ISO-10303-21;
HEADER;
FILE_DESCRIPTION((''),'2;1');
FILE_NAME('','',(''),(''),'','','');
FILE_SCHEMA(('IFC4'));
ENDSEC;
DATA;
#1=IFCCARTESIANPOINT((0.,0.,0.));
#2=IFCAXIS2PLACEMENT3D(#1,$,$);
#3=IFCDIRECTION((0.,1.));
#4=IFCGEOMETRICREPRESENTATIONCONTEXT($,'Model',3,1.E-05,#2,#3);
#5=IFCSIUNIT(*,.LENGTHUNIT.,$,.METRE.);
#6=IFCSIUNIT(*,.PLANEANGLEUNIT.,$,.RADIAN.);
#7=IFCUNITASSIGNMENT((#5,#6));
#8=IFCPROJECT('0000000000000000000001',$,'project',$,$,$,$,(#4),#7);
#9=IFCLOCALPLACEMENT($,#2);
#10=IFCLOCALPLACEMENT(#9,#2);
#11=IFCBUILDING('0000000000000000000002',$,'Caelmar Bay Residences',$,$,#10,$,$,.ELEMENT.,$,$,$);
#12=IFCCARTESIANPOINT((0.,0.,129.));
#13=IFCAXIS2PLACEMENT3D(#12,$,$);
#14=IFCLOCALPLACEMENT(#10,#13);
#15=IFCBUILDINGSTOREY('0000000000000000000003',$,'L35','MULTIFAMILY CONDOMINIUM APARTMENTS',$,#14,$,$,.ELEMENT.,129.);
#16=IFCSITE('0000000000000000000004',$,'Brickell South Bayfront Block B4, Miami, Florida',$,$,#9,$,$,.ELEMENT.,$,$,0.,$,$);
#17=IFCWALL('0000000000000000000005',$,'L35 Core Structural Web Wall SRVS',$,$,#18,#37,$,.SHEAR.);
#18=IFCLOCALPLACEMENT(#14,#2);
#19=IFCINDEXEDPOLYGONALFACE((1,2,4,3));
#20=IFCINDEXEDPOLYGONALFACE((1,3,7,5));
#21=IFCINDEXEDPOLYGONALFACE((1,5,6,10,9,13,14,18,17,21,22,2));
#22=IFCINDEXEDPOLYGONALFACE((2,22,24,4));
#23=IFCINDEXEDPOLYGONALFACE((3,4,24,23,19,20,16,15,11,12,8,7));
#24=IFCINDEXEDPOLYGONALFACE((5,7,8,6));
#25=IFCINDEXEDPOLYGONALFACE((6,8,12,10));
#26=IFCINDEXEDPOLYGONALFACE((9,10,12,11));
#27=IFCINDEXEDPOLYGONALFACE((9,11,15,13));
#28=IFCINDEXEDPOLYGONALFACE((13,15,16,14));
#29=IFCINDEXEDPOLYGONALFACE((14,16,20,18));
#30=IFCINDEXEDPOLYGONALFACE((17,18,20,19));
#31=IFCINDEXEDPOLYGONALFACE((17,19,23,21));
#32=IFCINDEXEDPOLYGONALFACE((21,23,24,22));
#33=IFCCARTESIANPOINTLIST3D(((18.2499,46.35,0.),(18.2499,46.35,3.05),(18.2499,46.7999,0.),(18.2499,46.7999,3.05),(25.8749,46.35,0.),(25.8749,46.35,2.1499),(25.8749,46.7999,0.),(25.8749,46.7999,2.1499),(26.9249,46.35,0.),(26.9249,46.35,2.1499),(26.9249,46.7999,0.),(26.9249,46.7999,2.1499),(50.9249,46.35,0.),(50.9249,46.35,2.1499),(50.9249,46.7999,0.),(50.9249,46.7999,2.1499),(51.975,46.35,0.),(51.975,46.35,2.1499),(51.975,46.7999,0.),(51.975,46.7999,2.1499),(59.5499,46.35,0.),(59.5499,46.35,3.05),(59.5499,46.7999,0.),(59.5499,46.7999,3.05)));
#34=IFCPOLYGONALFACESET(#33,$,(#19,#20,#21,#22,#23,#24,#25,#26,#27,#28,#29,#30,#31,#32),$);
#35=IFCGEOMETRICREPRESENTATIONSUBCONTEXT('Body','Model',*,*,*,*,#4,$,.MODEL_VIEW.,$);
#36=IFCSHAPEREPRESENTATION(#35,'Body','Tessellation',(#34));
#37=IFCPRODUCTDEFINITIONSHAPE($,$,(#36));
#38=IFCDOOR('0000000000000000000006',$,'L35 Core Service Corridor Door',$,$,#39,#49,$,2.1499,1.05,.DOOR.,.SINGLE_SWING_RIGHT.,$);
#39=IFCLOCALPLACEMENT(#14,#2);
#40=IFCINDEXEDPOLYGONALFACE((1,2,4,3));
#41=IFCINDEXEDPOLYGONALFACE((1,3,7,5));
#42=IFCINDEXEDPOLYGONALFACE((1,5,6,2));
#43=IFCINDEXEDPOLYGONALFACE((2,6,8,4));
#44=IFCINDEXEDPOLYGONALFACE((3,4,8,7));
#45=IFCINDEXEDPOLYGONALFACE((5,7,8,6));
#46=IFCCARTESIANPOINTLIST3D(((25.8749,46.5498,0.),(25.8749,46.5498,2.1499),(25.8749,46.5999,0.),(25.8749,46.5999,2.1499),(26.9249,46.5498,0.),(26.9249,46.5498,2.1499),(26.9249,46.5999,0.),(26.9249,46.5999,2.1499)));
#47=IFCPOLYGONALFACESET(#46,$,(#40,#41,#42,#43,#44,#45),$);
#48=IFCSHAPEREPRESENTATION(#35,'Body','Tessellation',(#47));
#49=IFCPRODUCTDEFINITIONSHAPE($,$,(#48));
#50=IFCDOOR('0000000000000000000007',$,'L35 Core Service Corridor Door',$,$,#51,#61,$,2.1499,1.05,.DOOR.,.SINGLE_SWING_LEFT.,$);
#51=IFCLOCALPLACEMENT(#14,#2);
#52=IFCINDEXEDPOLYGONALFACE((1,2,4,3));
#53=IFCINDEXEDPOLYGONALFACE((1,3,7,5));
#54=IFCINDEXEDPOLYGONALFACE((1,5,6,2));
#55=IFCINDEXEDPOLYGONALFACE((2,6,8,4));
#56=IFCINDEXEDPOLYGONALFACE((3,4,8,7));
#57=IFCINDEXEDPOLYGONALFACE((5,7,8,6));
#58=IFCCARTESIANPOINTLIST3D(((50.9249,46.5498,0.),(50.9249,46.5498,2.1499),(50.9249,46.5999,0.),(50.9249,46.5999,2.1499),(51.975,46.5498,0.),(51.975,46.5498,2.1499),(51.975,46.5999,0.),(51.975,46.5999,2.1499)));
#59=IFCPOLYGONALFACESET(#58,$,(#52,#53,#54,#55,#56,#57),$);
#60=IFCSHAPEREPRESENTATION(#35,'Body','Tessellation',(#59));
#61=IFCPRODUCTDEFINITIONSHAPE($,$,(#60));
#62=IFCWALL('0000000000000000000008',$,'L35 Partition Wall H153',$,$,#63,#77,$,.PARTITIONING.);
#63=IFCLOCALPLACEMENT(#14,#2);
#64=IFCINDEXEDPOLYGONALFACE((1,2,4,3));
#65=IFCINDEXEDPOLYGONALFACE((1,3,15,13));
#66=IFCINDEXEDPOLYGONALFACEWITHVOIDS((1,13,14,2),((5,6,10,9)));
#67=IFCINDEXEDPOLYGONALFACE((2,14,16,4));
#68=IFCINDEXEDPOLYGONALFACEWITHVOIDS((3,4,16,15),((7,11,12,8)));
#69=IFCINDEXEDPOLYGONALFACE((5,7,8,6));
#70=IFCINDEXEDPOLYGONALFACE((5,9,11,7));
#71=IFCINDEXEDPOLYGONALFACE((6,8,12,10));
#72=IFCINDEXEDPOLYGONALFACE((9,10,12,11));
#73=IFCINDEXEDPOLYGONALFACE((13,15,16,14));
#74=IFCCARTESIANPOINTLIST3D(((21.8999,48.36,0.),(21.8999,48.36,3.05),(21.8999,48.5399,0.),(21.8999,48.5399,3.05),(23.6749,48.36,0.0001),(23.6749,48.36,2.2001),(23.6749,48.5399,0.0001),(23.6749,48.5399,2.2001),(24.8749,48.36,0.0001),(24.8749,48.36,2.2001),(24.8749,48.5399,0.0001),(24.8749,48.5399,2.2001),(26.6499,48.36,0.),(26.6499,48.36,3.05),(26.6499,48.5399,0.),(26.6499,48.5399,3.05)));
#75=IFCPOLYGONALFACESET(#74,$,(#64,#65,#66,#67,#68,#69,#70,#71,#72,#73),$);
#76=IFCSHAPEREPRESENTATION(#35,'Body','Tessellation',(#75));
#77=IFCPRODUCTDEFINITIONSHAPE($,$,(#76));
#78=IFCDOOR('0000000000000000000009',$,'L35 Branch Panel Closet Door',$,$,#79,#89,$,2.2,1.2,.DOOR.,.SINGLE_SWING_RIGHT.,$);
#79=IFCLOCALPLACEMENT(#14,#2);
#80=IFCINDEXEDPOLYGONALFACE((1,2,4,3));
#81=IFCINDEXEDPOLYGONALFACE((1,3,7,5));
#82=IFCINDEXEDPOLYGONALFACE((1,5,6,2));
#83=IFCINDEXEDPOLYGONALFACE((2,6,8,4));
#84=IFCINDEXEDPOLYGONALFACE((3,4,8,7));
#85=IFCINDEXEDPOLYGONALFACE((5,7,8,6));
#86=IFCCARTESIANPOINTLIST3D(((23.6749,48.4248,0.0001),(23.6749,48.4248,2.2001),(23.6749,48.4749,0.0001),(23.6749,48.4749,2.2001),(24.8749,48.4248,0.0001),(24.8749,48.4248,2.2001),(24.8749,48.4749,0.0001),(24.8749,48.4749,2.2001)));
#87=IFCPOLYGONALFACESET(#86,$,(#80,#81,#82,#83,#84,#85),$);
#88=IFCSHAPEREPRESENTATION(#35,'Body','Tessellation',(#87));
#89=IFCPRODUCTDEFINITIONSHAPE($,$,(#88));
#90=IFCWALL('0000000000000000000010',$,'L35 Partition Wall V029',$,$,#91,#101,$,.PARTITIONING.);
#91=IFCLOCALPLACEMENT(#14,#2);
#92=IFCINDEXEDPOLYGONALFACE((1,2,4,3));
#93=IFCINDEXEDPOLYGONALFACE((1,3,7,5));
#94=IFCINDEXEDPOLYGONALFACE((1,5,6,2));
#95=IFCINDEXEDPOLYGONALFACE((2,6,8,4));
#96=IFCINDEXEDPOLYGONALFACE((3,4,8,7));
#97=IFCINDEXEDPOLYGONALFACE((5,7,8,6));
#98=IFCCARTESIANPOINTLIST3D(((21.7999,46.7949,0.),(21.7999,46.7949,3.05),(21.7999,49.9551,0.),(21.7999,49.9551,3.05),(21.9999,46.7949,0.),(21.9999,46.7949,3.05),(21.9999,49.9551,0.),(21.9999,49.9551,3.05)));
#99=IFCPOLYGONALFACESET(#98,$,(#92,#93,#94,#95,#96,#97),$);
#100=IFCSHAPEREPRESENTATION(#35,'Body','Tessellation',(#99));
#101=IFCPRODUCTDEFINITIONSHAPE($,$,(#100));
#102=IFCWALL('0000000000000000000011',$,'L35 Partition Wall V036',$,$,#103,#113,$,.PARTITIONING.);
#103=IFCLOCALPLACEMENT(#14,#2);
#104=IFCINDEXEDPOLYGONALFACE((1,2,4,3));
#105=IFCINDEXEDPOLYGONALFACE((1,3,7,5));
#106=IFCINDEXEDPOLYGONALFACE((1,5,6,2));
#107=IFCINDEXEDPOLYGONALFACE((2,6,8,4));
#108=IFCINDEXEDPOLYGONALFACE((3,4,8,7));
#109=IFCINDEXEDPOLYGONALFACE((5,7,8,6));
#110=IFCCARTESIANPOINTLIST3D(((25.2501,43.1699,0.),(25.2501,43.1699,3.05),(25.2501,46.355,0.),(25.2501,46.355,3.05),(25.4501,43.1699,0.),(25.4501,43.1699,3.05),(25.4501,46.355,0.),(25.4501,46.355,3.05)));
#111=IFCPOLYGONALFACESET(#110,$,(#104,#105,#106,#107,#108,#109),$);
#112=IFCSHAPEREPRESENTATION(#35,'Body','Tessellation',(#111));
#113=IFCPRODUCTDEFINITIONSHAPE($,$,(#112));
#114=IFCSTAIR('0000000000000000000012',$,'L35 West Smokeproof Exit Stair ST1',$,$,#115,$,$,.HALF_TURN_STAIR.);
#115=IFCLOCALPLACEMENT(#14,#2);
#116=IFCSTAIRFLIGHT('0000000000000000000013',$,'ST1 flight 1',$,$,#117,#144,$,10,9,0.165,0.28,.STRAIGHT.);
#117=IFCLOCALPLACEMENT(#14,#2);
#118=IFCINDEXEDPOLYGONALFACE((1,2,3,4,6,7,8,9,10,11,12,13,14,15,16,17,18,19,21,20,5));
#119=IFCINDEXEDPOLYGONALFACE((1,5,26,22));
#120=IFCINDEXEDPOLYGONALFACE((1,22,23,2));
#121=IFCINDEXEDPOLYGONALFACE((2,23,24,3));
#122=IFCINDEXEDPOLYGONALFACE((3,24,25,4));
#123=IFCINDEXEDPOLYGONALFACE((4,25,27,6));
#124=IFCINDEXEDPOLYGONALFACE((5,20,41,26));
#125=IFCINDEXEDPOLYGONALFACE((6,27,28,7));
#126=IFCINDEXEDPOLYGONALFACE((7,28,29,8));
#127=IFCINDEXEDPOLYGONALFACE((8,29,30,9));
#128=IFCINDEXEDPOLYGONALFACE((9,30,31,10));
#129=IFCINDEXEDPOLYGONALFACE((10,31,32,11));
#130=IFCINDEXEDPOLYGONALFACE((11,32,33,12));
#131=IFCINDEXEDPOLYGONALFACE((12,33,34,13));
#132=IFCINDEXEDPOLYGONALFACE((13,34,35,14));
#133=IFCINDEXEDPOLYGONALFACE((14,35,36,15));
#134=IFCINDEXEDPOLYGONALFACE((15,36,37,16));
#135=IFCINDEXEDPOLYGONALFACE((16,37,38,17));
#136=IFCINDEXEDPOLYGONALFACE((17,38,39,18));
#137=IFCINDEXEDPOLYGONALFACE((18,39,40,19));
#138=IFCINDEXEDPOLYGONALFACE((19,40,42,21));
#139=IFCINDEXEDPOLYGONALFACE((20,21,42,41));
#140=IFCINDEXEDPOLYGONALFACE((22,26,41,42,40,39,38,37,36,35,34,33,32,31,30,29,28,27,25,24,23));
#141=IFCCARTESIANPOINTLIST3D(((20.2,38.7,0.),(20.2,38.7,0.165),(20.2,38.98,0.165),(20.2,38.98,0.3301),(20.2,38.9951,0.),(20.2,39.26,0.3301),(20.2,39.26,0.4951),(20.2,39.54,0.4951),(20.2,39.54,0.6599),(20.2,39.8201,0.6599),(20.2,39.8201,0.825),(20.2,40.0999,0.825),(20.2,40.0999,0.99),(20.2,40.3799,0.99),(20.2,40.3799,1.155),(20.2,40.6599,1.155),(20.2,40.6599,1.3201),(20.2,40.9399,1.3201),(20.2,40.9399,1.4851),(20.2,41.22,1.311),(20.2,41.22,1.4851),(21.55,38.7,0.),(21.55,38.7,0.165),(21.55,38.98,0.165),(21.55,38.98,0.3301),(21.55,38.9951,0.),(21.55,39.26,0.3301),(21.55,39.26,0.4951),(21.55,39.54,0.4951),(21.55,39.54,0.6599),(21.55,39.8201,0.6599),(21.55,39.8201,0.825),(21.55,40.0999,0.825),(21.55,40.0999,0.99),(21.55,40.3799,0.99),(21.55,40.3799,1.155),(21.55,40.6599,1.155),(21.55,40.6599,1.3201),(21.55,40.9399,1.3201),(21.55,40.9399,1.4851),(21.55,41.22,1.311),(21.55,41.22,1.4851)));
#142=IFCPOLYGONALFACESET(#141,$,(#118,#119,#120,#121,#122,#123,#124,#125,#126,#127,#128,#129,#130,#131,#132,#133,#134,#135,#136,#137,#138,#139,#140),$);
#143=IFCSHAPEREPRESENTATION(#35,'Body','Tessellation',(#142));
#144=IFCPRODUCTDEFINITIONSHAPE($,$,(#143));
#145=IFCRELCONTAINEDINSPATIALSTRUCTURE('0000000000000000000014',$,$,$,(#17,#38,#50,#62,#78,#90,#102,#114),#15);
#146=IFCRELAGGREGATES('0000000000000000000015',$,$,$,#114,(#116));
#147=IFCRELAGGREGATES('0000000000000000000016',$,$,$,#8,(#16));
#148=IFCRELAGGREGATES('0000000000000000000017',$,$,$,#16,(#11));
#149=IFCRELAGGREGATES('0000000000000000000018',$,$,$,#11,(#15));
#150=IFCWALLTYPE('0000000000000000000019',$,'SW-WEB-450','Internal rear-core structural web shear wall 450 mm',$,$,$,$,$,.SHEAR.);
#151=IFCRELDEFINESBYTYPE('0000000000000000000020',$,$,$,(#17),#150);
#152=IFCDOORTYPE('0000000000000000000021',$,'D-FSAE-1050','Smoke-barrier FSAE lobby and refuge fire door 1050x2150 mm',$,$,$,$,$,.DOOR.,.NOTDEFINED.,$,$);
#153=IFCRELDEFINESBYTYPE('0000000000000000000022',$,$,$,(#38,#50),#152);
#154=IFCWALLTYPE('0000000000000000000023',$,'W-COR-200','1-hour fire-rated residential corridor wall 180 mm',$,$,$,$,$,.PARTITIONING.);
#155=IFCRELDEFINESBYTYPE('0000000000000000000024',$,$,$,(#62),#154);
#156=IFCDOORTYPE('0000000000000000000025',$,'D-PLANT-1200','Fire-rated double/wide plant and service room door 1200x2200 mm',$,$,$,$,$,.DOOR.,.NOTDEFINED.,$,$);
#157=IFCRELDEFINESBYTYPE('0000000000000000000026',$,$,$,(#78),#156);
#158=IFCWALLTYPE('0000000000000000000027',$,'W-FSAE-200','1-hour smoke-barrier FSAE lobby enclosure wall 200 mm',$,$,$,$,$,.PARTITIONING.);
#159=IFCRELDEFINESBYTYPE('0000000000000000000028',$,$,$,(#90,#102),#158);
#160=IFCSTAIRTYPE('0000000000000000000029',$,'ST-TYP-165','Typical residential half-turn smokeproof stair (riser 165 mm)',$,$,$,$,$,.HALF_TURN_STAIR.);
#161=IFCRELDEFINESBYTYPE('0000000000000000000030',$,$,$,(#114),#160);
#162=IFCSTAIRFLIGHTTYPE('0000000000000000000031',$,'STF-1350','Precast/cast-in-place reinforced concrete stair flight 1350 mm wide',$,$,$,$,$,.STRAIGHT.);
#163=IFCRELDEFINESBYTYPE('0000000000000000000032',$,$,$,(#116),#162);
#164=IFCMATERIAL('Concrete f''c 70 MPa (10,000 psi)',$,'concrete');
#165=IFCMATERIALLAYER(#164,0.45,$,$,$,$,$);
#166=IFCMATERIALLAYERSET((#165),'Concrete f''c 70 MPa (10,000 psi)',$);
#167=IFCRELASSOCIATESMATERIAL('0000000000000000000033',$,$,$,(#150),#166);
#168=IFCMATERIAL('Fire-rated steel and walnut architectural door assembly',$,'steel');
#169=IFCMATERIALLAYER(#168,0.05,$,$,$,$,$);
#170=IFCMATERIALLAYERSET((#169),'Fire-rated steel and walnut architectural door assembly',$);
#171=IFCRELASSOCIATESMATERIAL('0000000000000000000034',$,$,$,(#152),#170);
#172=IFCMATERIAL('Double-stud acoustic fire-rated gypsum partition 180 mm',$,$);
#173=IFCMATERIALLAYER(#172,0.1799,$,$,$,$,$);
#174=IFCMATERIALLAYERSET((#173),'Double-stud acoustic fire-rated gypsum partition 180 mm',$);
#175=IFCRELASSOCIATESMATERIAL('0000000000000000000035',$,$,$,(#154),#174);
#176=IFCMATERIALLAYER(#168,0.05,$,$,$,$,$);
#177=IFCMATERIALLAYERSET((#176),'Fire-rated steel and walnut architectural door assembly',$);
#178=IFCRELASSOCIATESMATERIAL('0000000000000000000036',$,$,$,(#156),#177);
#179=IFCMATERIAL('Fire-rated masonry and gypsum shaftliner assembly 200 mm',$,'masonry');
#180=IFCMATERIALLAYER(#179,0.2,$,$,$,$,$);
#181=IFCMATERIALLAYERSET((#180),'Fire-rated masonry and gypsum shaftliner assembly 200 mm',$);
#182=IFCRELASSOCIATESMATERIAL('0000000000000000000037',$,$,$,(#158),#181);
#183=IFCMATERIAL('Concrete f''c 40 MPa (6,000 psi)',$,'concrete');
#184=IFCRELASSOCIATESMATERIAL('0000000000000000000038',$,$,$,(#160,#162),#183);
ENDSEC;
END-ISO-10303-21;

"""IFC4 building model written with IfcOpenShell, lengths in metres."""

from ifc_helpers import new_model, si_unit, direction, frame, frame_2d, origin, place, context, subcontext, project, spatial, polyline, rectangle, outline, extrude, material, layer, layer_set, type_object, element, fill, aggregate, save


model = new_model("IFC4")

# Units and contexts
model_context = context("Model", 3, precision=1e-05, world=origin(), true_north=direction((0.0, 1.0)))
body_context = subcontext(model_context, "Body", "Model", "MODEL_VIEW")
ifc_project = project(units=[si_unit("LENGTHUNIT", "METRE"), si_unit("PLANEANGLEUNIT", "RADIAN")], contexts=[model_context])

# Site, building, storey
site_placement = place(None, origin())
site = spatial("IfcSite", under=ifc_project, at=site_placement, Name="Brickell South Bayfront Block B4, Miami, Florida", CompositionType="ELEMENT", RefElevation=0.0)
building_placement = place(site_placement, origin())
building = spatial("IfcBuilding", under=site, at=building_placement, Name="Caelmar Bay Residences", CompositionType="ELEMENT")
storey_placement = place(building_placement, frame((0.0, 0.0, 129.0)))
storey = spatial("IfcBuildingStorey", under=building, at=storey_placement, Name="L35", Description="MULTIFAMILY CONDOMINIUM APARTMENTS", CompositionType="ELEMENT", Elevation=129.0)

# Shared definitions
ifc_material_1 = material(Name="Fire-rated steel and walnut architectural door assembly", Category="steel")

# Wall, openings, doors
ifc_material_2 = material(Name="Concrete f'c 70 MPa (10,000 psi)", Category="concrete")
ifc_layer_1 = layer(ifc_material_2, 0.45)
ifc_layer_set_1 = layer_set([ifc_layer_1], Name="Concrete f'c 70 MPa (10,000 psi)")
wall_type_1 = type_object("IfcWallType", Name="SW-WEB-450", Description="Internal rear-core structural web shear wall 450 mm", PredefinedType="SHEAR", material=ifc_layer_set_1)
ifc_layer_2 = layer(ifc_material_1, 0.05)
ifc_layer_set_2 = layer_set([ifc_layer_2], Name="Fire-rated steel and walnut architectural door assembly")
door_type_1 = type_object("IfcDoorType", Name="D-FSAE-1050", Description="Smoke-barrier FSAE lobby and refuge fire door 1050x2150 mm", OperationType="NOTDEFINED", PredefinedType="DOOR", material=ifc_layer_set_2)
wall_1_placement = place(storey_placement, frame((18.25, 46.575, 0.0), z_axis=(0.0, 0.0, 1.0), x_axis=(1.0, 0.0, 0.0)))
wall_1 = element("IfcWall", 1, at=wall_1_placement, inside=storey, type_object=wall_type_1, Name="L35 Core Structural Web Wall SRVS", PredefinedType="SHEAR", context=body_context, shape_type="SweptSolid", body=[
    extrude(rectangle(XDim=41.3, YDim=0.45, at=frame_2d((20.6499, 0.0))), origin(), (0.0, 0.0, 1.0), 3.05),
])
opening_1_placement = place(wall_1_placement, frame((7.625, 0.0, 0.0)))
opening_1 = element("IfcOpeningElement", 2, at=opening_1_placement, cuts=wall_1, PredefinedType="OPENING", context=body_context, shape_type="SweptSolid", body=[
    extrude(rectangle(XDim=1.05, YDim=2.1499, at=frame_2d((0.5249, 1.075))), frame((0.0, 0.2349, 0.0), z_axis=(0.0, -1.0, 0.0), x_axis=(1.0, 0.0, 0.0)), (0.0, 0.0, 1.0), 0.47),
])
opening_2_placement = place(wall_1_placement, frame((32.675, 0.0, 0.0)))
opening_2 = element("IfcOpeningElement", 3, at=opening_2_placement, cuts=wall_1, PredefinedType="OPENING", context=body_context, shape_type="SweptSolid", body=[
    extrude(rectangle(XDim=1.05, YDim=2.1499, at=frame_2d((0.5249, 1.075))), frame((0.0, 0.2349, 0.0), z_axis=(0.0, -1.0, 0.0), x_axis=(1.0, 0.0, 0.0)), (0.0, 0.0, 1.0), 0.47),
])
door_1_placement = place(opening_1_placement, origin())
door_1 = element("IfcDoor", 4, at=door_1_placement, inside=storey, type_object=door_type_1, Name="L35 Core Service Corridor Door", OperationType="SINGLE_SWING_RIGHT", OverallHeight=2.1499, OverallWidth=1.05, PredefinedType="DOOR", context=body_context, shape_type="SweptSolid", body=[
    extrude(rectangle(XDim=1.05, YDim=2.1499, at=frame_2d((0.5249, 1.075))), frame((0.0, 0.0249, 0.0), z_axis=(0.0, -1.0, 0.0), x_axis=(1.0, 0.0, 0.0)), (0.0, 0.0, 1.0), 0.05),
])
fill(opening_1, door_1)
door_2_placement = place(opening_2_placement, origin())
door_2 = element("IfcDoor", 5, at=door_2_placement, inside=storey, type_object=door_type_1, Name="L35 Core Service Corridor Door", OperationType="SINGLE_SWING_LEFT", OverallHeight=2.1499, OverallWidth=1.05, PredefinedType="DOOR", context=body_context, shape_type="SweptSolid", body=[
    extrude(rectangle(XDim=1.05, YDim=2.1499, at=frame_2d((0.5249, 1.075))), frame((0.0, 0.0249, 0.0), z_axis=(0.0, -1.0, 0.0), x_axis=(1.0, 0.0, 0.0)), (0.0, 0.0, 1.0), 0.05),
])
fill(opening_2, door_2)

# Wall, opening, door
ifc_material_3 = material(Name="Double-stud acoustic fire-rated gypsum partition 180 mm")
ifc_layer_3 = layer(ifc_material_3, 0.1799)
ifc_layer_set_3 = layer_set([ifc_layer_3], Name="Double-stud acoustic fire-rated gypsum partition 180 mm")
wall_type_2 = type_object("IfcWallType", Name="W-COR-200", Description="1-hour fire-rated residential corridor wall 180 mm", PredefinedType="PARTITIONING", material=ifc_layer_set_3)
wall_2_placement = place(storey_placement, frame((21.8999, 48.45, 0.0), z_axis=(0.0, 0.0, 1.0), x_axis=(1.0, 0.0, 0.0)))
wall_2 = element("IfcWall", 6, at=wall_2_placement, inside=storey, type_object=wall_type_2, Name="L35 Partition Wall H153", PredefinedType="PARTITIONING", context=body_context, shape_type="SweptSolid", body=[
    extrude(rectangle(XDim=4.75, YDim=0.1799, at=frame_2d((2.375, 0.0))), origin(), (0.0, 0.0, 1.0), 3.05),
])
opening_3_placement = place(wall_2_placement, frame((1.7749, 0.0, 0.0)))
opening_3 = element("IfcOpeningElement", 7, at=opening_3_placement, cuts=wall_2, PredefinedType="OPENING", context=body_context, shape_type="SweptSolid", body=[
    extrude(rectangle(XDim=1.2, YDim=2.2, at=frame_2d((0.6001, 1.1001))), frame((0.0, 0.0999, 0.0), z_axis=(0.0, -1.0, 0.0), x_axis=(1.0, 0.0, 0.0)), (0.0, 0.0, 1.0), 0.2),
])
ifc_layer_4 = layer(ifc_material_1, 0.05)
ifc_layer_set_4 = layer_set([ifc_layer_4], Name="Fire-rated steel and walnut architectural door assembly")
door_type_2 = type_object("IfcDoorType", Name="D-PLANT-1200", Description="Fire-rated double/wide plant and service room door 1200x2200 mm", OperationType="NOTDEFINED", PredefinedType="DOOR", material=ifc_layer_set_4)
door_3_placement = place(opening_3_placement, origin())
door_3 = element("IfcDoor", 8, at=door_3_placement, inside=storey, type_object=door_type_2, Name="L35 Branch Panel Closet Door", OperationType="SINGLE_SWING_RIGHT", OverallHeight=2.2, OverallWidth=1.2, PredefinedType="DOOR", context=body_context, shape_type="SweptSolid", body=[
    extrude(rectangle(XDim=1.2, YDim=2.2, at=frame_2d((0.6001, 1.1001))), frame((0.0, 0.0249, 0.0), z_axis=(0.0, -1.0, 0.0), x_axis=(1.0, 0.0, 0.0)), (0.0, 0.0, 1.0), 0.05),
])
fill(opening_3, door_3)

# Walls
ifc_material_4 = material(Name="Fire-rated masonry and gypsum shaftliner assembly 200 mm", Category="masonry")
ifc_layer_5 = layer(ifc_material_4, 0.2)
ifc_layer_set_5 = layer_set([ifc_layer_5], Name="Fire-rated masonry and gypsum shaftliner assembly 200 mm")
wall_type_3 = type_object("IfcWallType", Name="W-FSAE-200", Description="1-hour smoke-barrier FSAE lobby enclosure wall 200 mm", PredefinedType="PARTITIONING", material=ifc_layer_set_5)
wall_3_placement = place(storey_placement, frame((21.8999, 46.7949, 0.0), z_axis=(0.0, 0.0, 1.0), x_axis=(0.0, 1.0, 0.0)))
element("IfcWall", 9, at=wall_3_placement, inside=storey, type_object=wall_type_3, Name="L35 Partition Wall V029", PredefinedType="PARTITIONING", context=body_context, shape_type="SweptSolid", body=[
    extrude(rectangle(XDim=3.1602, YDim=0.2, at=frame_2d((1.5801, 0.0))), origin(), (0.0, 0.0, 1.0), 3.05),
])
wall_4_placement = place(storey_placement, frame((25.3501, 43.1699, 0.0), z_axis=(0.0, 0.0, 1.0), x_axis=(0.0, 1.0, 0.0)))
element("IfcWall", 10, at=wall_4_placement, inside=storey, type_object=wall_type_3, Name="L35 Partition Wall V036", PredefinedType="PARTITIONING", context=body_context, shape_type="SweptSolid", body=[
    extrude(rectangle(XDim=3.1851, YDim=0.2, at=frame_2d((1.5925, 0.0))), origin(), (0.0, 0.0, 1.0), 3.05),
])

# Stair, stair flight
ifc_material_5 = material(Name="Concrete f'c 40 MPa (6,000 psi)", Category="concrete")
stair_type = type_object("IfcStairType", Name="ST-TYP-165", Description="Typical residential half-turn smokeproof stair (riser 165 mm)", PredefinedType="HALF_TURN_STAIR", material=ifc_material_5)
stair_placement = place(storey_placement, origin())
stair = element("IfcStair", 11, at=stair_placement, inside=storey, type_object=stair_type, Name="L35 West Smokeproof Exit Stair ST1", PredefinedType="HALF_TURN_STAIR")
stair_flight_type = type_object("IfcStairFlightType", Name="STF-1350", Description="Precast/cast-in-place reinforced concrete stair flight 1350 mm wide", PredefinedType="STRAIGHT", material=ifc_material_5)
stair_flight_1_placement = place(storey_placement, frame((20.875, 38.7, 0.0), z_axis=(0.0, 0.0, 1.0), x_axis=(0.0, 1.0, 0.0)))
stair_flight_1 = element("IfcStairFlight", 12, at=stair_flight_1_placement, type_object=stair_flight_type, Name="ST1 flight 1", NumberOfRisers=10, NumberOfTreads=9, PredefinedType="STRAIGHT", RiserHeight=0.165, TreadLength=0.28, context=body_context, shape_type="SweptSolid", body=[
    extrude(outline(polyline([(0.0, 0.0), (0.0, 0.165), (0.28, 0.165), (0.28, 0.3301), (0.5601, 0.3301), (0.5601, 0.4951), (0.8401, 0.4951), (0.8401, 0.6599), (1.1201, 0.6599), (1.1201, 0.825), (1.3999, 0.825), (1.3999, 0.99), (1.6799, 0.99), (1.6799, 1.155), (1.96, 1.155), (1.96, 1.3201), (2.24, 1.3201), (2.24, 1.4851), (2.52, 1.4851), (2.52, 1.6499), (2.52, 1.311), (0.2952, 0.0), (0.0, 0.0)])), frame((0.0, 0.675, 0.0), z_axis=(0.0, -1.0, 0.0), x_axis=(1.0, 0.0, 0.0)), (0.0, 0.0, 1.0), 1.3501),
])
aggregate(stair, [stair_flight_1])

save(model, "model.ifc")
